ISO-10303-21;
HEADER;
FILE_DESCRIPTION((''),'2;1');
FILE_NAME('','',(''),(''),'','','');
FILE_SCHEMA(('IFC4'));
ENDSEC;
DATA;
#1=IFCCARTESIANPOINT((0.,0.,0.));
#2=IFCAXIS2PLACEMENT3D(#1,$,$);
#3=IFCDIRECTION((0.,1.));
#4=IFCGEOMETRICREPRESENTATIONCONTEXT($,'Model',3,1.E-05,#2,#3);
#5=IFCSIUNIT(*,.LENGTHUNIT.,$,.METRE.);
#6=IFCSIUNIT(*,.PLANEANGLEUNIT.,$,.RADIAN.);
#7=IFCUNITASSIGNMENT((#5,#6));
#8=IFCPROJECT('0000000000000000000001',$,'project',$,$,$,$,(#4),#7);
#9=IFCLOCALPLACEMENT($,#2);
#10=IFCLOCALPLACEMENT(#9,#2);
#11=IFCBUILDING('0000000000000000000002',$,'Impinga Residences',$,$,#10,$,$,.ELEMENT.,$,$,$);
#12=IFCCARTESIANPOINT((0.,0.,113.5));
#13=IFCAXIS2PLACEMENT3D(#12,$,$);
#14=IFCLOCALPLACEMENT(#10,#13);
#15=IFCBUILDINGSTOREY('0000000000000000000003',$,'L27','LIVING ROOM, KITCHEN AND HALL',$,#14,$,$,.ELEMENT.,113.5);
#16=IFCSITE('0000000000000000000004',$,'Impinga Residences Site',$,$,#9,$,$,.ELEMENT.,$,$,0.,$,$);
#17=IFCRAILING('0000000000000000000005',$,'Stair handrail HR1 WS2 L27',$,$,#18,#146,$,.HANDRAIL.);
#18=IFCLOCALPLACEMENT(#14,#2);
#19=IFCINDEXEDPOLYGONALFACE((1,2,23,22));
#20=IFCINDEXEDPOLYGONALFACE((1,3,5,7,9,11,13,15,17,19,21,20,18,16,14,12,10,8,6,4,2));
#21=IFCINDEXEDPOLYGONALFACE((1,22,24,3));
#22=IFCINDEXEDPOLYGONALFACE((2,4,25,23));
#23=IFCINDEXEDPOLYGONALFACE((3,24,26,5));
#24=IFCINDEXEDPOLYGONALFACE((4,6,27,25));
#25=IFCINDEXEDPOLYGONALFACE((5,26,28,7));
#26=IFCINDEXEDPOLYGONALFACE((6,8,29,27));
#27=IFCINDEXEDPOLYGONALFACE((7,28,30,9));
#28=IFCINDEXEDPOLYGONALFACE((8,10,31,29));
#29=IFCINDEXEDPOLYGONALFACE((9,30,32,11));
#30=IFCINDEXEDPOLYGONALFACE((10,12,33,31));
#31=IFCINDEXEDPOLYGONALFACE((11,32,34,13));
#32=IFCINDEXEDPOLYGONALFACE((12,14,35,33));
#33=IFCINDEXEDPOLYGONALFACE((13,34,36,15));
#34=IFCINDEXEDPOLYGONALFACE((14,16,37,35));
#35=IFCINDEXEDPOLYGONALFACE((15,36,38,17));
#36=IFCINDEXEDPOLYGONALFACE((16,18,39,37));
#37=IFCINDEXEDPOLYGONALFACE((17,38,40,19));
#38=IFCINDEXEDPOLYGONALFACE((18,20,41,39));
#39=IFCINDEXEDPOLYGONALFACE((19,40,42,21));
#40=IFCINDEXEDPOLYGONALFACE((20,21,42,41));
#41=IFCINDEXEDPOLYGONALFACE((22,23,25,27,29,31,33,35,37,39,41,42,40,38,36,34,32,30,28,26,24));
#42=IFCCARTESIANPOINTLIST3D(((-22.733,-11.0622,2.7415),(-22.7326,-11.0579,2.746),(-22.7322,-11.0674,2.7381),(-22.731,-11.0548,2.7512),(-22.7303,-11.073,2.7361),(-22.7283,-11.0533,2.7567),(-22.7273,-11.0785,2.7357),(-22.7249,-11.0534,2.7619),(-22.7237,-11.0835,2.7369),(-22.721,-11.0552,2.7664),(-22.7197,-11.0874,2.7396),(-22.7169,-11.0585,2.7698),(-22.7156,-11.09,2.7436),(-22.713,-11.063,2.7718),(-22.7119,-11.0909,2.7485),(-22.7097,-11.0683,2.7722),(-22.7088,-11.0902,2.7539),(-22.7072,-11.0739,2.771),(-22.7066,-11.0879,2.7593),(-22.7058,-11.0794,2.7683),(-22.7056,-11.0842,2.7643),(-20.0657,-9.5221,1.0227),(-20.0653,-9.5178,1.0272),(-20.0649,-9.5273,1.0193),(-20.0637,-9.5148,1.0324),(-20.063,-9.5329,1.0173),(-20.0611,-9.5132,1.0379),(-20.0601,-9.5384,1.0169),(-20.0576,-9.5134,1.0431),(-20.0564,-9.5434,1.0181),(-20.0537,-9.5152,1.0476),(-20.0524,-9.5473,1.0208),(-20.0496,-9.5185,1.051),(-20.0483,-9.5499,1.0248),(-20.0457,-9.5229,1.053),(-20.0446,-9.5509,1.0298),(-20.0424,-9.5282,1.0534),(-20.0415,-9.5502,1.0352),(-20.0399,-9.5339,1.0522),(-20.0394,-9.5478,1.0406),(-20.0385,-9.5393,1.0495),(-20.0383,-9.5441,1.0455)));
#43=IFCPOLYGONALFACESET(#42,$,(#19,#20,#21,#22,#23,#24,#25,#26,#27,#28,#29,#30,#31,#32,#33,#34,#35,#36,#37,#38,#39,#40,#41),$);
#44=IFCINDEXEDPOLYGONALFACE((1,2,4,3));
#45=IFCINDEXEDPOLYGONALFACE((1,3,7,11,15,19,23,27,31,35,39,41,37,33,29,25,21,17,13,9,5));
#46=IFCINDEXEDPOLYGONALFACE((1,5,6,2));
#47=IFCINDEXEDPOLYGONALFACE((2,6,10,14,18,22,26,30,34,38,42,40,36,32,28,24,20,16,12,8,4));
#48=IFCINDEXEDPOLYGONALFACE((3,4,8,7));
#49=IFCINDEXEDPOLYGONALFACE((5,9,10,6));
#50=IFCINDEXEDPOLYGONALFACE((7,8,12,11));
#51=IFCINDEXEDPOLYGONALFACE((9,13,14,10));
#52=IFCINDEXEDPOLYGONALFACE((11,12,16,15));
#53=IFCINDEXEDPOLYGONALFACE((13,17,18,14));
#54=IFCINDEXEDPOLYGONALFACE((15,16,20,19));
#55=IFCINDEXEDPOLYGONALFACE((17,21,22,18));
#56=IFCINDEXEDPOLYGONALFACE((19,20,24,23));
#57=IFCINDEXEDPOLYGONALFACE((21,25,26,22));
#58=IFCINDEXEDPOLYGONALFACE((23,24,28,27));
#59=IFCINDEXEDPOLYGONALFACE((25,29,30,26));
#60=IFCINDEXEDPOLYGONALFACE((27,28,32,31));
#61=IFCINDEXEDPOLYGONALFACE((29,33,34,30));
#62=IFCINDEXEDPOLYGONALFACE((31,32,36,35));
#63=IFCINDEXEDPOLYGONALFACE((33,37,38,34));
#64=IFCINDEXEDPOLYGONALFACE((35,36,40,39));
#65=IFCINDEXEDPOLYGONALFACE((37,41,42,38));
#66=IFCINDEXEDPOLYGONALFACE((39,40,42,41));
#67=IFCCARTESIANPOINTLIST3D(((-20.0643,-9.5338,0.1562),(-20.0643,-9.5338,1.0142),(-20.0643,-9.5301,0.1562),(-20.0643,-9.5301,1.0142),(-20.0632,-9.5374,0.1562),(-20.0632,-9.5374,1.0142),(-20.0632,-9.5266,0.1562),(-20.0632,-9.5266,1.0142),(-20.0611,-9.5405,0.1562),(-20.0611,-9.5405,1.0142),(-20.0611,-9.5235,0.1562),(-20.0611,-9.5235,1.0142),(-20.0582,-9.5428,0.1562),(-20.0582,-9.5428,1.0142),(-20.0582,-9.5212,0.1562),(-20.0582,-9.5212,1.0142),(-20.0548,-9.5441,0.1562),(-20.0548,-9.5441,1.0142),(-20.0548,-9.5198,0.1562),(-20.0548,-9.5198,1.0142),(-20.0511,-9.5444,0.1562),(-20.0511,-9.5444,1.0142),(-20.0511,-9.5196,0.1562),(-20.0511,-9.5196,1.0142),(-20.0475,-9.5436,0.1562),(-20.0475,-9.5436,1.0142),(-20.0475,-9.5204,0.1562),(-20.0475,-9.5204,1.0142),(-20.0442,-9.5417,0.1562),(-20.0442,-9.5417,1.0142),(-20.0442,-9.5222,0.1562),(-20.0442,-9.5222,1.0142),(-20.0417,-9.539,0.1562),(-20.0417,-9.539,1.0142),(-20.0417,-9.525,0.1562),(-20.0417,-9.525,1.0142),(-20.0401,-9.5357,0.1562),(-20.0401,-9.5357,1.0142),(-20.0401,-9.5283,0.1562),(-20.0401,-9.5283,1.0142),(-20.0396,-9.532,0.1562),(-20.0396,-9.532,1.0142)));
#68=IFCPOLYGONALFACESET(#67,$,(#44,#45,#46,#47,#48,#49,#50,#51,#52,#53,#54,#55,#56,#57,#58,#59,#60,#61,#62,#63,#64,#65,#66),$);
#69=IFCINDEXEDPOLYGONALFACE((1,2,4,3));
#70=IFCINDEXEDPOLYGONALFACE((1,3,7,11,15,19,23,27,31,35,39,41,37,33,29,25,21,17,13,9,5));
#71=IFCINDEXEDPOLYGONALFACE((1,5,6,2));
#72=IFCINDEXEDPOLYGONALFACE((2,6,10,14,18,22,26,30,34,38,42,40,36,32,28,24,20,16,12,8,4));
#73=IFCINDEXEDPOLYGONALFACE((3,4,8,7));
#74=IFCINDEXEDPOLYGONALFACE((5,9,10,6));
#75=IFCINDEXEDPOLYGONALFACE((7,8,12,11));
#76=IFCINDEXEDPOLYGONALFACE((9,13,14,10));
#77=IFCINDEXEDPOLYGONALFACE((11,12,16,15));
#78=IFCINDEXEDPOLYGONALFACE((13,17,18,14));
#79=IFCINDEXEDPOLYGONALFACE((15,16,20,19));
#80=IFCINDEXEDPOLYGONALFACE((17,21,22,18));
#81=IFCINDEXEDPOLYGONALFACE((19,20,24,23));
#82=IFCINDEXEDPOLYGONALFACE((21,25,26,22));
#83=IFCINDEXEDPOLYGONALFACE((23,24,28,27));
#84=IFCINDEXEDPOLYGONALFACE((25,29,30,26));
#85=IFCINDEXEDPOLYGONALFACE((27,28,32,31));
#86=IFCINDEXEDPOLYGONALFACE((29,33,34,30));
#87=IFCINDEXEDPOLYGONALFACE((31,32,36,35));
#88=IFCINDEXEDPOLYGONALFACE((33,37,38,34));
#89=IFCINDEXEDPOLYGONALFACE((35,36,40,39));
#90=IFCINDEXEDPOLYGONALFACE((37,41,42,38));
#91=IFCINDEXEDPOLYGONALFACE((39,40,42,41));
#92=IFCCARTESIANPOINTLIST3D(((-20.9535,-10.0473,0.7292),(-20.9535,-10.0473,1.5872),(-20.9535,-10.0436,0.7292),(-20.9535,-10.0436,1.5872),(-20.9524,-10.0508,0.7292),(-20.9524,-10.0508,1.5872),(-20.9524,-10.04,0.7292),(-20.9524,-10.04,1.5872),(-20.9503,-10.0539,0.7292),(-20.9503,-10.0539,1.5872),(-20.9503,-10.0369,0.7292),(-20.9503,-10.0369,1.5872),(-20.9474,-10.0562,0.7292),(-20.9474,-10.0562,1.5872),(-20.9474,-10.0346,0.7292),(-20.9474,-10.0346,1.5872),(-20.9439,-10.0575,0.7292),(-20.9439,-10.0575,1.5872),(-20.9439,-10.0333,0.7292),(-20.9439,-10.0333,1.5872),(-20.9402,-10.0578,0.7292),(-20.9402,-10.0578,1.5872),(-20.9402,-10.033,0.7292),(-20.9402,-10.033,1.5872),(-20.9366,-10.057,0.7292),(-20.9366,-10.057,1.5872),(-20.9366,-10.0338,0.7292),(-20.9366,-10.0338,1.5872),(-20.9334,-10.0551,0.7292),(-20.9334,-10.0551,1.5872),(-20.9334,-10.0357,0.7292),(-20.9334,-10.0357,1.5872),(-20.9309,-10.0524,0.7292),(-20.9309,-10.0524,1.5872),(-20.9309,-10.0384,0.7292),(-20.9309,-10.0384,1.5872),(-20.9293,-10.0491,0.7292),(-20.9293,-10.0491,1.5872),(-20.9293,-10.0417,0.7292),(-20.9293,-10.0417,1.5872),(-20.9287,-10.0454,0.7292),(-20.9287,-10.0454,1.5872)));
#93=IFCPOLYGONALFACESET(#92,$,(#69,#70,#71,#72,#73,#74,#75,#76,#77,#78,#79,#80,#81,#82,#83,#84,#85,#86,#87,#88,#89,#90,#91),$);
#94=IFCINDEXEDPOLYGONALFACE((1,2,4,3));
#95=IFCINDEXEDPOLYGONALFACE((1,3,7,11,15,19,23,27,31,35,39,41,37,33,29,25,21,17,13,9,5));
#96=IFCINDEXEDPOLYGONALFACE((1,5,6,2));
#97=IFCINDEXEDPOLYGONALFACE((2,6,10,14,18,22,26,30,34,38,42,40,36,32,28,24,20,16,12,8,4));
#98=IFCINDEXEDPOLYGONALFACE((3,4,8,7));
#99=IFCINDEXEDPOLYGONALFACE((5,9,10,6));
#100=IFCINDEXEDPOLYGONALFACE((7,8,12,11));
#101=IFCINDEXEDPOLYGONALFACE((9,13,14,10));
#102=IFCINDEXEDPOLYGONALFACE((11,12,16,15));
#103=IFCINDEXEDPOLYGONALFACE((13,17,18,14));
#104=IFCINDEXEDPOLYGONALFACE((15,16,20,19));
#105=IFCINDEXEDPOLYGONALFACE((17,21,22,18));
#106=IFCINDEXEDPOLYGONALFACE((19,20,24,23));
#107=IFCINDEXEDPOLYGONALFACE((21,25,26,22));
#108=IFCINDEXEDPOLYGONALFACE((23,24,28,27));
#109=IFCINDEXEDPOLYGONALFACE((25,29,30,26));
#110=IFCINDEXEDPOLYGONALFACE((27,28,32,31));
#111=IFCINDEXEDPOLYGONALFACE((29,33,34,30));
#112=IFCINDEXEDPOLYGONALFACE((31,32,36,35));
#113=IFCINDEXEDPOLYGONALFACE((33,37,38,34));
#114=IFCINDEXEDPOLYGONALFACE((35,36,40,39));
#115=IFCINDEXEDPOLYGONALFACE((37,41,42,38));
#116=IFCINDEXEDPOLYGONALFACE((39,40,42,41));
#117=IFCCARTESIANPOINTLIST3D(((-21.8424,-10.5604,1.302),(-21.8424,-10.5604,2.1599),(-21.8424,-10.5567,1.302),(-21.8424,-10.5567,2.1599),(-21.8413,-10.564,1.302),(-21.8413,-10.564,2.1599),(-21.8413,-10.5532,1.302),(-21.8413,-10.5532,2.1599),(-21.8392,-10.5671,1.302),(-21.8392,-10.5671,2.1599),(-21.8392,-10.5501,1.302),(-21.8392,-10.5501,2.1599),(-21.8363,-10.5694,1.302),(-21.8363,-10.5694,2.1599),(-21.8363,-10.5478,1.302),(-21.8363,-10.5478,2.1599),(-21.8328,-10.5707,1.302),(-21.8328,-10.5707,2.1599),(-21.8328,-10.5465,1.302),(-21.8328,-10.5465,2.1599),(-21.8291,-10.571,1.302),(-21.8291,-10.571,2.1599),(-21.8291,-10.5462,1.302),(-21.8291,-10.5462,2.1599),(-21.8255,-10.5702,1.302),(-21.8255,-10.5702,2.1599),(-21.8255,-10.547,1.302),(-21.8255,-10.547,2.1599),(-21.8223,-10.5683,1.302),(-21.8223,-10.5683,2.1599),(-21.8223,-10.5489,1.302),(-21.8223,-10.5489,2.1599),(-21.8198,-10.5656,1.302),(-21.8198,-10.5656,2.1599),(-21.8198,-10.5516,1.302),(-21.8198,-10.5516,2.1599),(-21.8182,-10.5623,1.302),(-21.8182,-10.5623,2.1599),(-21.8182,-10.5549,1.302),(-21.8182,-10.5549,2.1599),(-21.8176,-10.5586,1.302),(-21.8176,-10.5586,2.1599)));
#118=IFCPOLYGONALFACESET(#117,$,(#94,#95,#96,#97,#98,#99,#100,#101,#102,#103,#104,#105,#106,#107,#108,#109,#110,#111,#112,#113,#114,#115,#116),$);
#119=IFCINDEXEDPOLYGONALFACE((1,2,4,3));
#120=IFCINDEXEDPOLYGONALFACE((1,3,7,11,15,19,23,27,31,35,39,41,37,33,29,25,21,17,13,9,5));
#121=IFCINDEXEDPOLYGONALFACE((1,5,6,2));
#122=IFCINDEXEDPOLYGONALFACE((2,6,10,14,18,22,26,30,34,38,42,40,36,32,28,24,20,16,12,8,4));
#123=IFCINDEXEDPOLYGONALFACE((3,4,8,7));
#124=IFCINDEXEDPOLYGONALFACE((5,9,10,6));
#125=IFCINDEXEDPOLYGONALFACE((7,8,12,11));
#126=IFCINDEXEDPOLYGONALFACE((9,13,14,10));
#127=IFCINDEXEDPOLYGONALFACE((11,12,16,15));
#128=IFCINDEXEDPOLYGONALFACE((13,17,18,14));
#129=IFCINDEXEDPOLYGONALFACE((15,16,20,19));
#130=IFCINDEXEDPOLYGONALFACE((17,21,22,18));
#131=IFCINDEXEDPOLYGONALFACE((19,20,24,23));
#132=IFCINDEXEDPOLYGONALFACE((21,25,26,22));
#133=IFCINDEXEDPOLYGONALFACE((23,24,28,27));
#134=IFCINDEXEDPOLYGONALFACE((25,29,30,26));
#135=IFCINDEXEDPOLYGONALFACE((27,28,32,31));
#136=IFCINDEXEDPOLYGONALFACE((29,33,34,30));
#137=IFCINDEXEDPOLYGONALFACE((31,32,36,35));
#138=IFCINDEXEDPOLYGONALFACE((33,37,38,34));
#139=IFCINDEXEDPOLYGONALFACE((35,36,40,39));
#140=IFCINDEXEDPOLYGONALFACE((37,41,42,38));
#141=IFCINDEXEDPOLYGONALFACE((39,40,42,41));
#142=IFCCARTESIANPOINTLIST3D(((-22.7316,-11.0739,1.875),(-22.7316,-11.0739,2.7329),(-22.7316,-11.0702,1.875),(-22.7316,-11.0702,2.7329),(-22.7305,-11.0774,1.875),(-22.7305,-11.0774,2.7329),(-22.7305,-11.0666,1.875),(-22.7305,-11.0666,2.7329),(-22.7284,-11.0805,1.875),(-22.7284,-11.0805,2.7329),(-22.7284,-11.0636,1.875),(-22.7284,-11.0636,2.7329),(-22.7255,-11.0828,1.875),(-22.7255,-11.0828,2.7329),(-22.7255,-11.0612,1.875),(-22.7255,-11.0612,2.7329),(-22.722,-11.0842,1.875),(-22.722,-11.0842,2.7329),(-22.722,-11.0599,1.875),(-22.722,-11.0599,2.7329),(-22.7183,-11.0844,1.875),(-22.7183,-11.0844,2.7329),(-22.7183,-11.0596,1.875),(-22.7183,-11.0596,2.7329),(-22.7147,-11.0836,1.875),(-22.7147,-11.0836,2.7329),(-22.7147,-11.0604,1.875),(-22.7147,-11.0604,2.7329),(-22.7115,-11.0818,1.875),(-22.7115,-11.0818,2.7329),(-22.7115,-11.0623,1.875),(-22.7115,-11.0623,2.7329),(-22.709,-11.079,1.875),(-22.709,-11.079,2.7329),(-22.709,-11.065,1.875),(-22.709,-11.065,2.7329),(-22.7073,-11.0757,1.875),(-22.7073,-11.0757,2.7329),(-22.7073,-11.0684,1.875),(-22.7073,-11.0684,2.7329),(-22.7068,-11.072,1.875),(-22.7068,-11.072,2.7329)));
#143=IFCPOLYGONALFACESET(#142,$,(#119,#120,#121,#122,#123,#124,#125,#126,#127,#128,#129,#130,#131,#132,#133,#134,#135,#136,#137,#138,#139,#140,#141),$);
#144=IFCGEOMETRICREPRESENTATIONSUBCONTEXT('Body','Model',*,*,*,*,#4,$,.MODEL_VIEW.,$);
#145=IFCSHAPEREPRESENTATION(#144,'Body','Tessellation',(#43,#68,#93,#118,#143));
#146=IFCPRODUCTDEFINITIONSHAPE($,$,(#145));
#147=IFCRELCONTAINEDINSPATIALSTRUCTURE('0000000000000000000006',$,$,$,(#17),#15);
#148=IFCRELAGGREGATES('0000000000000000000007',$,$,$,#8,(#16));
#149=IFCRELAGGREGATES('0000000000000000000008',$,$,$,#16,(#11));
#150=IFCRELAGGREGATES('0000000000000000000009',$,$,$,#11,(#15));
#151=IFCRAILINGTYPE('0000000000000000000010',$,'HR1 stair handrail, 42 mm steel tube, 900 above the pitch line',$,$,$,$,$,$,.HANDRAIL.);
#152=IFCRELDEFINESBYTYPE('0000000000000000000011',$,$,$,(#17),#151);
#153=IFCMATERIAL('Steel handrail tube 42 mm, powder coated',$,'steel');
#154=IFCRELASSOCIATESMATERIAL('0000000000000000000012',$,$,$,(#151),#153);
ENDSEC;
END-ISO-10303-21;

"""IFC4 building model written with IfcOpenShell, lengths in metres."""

from ifc_helpers import new_model, si_unit, direction, frame, origin, origin_2d, place, context, subcontext, project, spatial, circle, extrude, material, type_object, element, save


model = new_model("IFC4")

# Units and contexts
model_context = context("Model", 3, precision=1e-05, world=origin(), true_north=direction((0.0, 1.0)))
body_context = subcontext(model_context, "Body", "Model", "MODEL_VIEW")
ifc_project = project(units=[si_unit("LENGTHUNIT", "METRE"), si_unit("PLANEANGLEUNIT", "RADIAN")], contexts=[model_context])

# Site, building, storey
site_placement = place(None, origin())
site = spatial("IfcSite", under=ifc_project, at=site_placement, Name="Impinga Residences Site", CompositionType="ELEMENT", RefElevation=0.0)
building_placement = place(site_placement, origin())
building = spatial("IfcBuilding", under=site, at=building_placement, Name="Impinga Residences", CompositionType="ELEMENT")
storey_placement = place(building_placement, frame((0.0, 0.0, 113.5)))
storey = spatial("IfcBuildingStorey", under=building, at=storey_placement, Name="L27", Description="LIVING ROOM, KITCHEN AND HALL", CompositionType="ELEMENT", Elevation=113.5)

# Railing
ifc_material_1 = material(Name="Steel handrail tube 42 mm, powder coated", Category="steel")
railing_type_1 = type_object("IfcRailingType", Name="HR1 stair handrail, 42 mm steel tube, 900 above the pitch line", PredefinedType="HANDRAIL", material=ifc_material_1)
railing_1_placement = place(storey_placement, frame((-20.052, -9.532, 0.1562)))
element("IfcRailing", 1, at=railing_1_placement, inside=storey, type_object=railing_type_1, Name="Stair handrail HR1 WS2 L27", PredefinedType="HANDRAIL", context=body_context, shape_type="SweptSolid", body=[
    extrude(circle(Radius=0.021, at=origin_2d()), frame((0.0, 0.0, 0.8789), z_axis=(-0.756226, -0.436639, 0.487307), x_axis=(0.500027, -0.86601, 0.0)), (0.0, 0.0, 1.0), 3.5271),
    extrude(circle(Radius=0.0125, at=origin_2d()), origin(), (0.0, 0.0, 1.0), 0.8579),
    extrude(circle(Radius=0.0125, at=origin_2d()), frame((-0.8892, -0.5134, 0.573)), (0.0, 0.0, 1.0), 0.8579),
    extrude(circle(Radius=0.0125, at=origin_2d()), frame((-1.7781, -1.0266, 1.1458)), (0.0, 0.0, 1.0), 0.8579),
    extrude(circle(Radius=0.0125, at=origin_2d()), frame((-2.6672, -1.54, 1.7188)), (0.0, 0.0, 1.0), 0.8579),
])

save(model, "model.ifc")
